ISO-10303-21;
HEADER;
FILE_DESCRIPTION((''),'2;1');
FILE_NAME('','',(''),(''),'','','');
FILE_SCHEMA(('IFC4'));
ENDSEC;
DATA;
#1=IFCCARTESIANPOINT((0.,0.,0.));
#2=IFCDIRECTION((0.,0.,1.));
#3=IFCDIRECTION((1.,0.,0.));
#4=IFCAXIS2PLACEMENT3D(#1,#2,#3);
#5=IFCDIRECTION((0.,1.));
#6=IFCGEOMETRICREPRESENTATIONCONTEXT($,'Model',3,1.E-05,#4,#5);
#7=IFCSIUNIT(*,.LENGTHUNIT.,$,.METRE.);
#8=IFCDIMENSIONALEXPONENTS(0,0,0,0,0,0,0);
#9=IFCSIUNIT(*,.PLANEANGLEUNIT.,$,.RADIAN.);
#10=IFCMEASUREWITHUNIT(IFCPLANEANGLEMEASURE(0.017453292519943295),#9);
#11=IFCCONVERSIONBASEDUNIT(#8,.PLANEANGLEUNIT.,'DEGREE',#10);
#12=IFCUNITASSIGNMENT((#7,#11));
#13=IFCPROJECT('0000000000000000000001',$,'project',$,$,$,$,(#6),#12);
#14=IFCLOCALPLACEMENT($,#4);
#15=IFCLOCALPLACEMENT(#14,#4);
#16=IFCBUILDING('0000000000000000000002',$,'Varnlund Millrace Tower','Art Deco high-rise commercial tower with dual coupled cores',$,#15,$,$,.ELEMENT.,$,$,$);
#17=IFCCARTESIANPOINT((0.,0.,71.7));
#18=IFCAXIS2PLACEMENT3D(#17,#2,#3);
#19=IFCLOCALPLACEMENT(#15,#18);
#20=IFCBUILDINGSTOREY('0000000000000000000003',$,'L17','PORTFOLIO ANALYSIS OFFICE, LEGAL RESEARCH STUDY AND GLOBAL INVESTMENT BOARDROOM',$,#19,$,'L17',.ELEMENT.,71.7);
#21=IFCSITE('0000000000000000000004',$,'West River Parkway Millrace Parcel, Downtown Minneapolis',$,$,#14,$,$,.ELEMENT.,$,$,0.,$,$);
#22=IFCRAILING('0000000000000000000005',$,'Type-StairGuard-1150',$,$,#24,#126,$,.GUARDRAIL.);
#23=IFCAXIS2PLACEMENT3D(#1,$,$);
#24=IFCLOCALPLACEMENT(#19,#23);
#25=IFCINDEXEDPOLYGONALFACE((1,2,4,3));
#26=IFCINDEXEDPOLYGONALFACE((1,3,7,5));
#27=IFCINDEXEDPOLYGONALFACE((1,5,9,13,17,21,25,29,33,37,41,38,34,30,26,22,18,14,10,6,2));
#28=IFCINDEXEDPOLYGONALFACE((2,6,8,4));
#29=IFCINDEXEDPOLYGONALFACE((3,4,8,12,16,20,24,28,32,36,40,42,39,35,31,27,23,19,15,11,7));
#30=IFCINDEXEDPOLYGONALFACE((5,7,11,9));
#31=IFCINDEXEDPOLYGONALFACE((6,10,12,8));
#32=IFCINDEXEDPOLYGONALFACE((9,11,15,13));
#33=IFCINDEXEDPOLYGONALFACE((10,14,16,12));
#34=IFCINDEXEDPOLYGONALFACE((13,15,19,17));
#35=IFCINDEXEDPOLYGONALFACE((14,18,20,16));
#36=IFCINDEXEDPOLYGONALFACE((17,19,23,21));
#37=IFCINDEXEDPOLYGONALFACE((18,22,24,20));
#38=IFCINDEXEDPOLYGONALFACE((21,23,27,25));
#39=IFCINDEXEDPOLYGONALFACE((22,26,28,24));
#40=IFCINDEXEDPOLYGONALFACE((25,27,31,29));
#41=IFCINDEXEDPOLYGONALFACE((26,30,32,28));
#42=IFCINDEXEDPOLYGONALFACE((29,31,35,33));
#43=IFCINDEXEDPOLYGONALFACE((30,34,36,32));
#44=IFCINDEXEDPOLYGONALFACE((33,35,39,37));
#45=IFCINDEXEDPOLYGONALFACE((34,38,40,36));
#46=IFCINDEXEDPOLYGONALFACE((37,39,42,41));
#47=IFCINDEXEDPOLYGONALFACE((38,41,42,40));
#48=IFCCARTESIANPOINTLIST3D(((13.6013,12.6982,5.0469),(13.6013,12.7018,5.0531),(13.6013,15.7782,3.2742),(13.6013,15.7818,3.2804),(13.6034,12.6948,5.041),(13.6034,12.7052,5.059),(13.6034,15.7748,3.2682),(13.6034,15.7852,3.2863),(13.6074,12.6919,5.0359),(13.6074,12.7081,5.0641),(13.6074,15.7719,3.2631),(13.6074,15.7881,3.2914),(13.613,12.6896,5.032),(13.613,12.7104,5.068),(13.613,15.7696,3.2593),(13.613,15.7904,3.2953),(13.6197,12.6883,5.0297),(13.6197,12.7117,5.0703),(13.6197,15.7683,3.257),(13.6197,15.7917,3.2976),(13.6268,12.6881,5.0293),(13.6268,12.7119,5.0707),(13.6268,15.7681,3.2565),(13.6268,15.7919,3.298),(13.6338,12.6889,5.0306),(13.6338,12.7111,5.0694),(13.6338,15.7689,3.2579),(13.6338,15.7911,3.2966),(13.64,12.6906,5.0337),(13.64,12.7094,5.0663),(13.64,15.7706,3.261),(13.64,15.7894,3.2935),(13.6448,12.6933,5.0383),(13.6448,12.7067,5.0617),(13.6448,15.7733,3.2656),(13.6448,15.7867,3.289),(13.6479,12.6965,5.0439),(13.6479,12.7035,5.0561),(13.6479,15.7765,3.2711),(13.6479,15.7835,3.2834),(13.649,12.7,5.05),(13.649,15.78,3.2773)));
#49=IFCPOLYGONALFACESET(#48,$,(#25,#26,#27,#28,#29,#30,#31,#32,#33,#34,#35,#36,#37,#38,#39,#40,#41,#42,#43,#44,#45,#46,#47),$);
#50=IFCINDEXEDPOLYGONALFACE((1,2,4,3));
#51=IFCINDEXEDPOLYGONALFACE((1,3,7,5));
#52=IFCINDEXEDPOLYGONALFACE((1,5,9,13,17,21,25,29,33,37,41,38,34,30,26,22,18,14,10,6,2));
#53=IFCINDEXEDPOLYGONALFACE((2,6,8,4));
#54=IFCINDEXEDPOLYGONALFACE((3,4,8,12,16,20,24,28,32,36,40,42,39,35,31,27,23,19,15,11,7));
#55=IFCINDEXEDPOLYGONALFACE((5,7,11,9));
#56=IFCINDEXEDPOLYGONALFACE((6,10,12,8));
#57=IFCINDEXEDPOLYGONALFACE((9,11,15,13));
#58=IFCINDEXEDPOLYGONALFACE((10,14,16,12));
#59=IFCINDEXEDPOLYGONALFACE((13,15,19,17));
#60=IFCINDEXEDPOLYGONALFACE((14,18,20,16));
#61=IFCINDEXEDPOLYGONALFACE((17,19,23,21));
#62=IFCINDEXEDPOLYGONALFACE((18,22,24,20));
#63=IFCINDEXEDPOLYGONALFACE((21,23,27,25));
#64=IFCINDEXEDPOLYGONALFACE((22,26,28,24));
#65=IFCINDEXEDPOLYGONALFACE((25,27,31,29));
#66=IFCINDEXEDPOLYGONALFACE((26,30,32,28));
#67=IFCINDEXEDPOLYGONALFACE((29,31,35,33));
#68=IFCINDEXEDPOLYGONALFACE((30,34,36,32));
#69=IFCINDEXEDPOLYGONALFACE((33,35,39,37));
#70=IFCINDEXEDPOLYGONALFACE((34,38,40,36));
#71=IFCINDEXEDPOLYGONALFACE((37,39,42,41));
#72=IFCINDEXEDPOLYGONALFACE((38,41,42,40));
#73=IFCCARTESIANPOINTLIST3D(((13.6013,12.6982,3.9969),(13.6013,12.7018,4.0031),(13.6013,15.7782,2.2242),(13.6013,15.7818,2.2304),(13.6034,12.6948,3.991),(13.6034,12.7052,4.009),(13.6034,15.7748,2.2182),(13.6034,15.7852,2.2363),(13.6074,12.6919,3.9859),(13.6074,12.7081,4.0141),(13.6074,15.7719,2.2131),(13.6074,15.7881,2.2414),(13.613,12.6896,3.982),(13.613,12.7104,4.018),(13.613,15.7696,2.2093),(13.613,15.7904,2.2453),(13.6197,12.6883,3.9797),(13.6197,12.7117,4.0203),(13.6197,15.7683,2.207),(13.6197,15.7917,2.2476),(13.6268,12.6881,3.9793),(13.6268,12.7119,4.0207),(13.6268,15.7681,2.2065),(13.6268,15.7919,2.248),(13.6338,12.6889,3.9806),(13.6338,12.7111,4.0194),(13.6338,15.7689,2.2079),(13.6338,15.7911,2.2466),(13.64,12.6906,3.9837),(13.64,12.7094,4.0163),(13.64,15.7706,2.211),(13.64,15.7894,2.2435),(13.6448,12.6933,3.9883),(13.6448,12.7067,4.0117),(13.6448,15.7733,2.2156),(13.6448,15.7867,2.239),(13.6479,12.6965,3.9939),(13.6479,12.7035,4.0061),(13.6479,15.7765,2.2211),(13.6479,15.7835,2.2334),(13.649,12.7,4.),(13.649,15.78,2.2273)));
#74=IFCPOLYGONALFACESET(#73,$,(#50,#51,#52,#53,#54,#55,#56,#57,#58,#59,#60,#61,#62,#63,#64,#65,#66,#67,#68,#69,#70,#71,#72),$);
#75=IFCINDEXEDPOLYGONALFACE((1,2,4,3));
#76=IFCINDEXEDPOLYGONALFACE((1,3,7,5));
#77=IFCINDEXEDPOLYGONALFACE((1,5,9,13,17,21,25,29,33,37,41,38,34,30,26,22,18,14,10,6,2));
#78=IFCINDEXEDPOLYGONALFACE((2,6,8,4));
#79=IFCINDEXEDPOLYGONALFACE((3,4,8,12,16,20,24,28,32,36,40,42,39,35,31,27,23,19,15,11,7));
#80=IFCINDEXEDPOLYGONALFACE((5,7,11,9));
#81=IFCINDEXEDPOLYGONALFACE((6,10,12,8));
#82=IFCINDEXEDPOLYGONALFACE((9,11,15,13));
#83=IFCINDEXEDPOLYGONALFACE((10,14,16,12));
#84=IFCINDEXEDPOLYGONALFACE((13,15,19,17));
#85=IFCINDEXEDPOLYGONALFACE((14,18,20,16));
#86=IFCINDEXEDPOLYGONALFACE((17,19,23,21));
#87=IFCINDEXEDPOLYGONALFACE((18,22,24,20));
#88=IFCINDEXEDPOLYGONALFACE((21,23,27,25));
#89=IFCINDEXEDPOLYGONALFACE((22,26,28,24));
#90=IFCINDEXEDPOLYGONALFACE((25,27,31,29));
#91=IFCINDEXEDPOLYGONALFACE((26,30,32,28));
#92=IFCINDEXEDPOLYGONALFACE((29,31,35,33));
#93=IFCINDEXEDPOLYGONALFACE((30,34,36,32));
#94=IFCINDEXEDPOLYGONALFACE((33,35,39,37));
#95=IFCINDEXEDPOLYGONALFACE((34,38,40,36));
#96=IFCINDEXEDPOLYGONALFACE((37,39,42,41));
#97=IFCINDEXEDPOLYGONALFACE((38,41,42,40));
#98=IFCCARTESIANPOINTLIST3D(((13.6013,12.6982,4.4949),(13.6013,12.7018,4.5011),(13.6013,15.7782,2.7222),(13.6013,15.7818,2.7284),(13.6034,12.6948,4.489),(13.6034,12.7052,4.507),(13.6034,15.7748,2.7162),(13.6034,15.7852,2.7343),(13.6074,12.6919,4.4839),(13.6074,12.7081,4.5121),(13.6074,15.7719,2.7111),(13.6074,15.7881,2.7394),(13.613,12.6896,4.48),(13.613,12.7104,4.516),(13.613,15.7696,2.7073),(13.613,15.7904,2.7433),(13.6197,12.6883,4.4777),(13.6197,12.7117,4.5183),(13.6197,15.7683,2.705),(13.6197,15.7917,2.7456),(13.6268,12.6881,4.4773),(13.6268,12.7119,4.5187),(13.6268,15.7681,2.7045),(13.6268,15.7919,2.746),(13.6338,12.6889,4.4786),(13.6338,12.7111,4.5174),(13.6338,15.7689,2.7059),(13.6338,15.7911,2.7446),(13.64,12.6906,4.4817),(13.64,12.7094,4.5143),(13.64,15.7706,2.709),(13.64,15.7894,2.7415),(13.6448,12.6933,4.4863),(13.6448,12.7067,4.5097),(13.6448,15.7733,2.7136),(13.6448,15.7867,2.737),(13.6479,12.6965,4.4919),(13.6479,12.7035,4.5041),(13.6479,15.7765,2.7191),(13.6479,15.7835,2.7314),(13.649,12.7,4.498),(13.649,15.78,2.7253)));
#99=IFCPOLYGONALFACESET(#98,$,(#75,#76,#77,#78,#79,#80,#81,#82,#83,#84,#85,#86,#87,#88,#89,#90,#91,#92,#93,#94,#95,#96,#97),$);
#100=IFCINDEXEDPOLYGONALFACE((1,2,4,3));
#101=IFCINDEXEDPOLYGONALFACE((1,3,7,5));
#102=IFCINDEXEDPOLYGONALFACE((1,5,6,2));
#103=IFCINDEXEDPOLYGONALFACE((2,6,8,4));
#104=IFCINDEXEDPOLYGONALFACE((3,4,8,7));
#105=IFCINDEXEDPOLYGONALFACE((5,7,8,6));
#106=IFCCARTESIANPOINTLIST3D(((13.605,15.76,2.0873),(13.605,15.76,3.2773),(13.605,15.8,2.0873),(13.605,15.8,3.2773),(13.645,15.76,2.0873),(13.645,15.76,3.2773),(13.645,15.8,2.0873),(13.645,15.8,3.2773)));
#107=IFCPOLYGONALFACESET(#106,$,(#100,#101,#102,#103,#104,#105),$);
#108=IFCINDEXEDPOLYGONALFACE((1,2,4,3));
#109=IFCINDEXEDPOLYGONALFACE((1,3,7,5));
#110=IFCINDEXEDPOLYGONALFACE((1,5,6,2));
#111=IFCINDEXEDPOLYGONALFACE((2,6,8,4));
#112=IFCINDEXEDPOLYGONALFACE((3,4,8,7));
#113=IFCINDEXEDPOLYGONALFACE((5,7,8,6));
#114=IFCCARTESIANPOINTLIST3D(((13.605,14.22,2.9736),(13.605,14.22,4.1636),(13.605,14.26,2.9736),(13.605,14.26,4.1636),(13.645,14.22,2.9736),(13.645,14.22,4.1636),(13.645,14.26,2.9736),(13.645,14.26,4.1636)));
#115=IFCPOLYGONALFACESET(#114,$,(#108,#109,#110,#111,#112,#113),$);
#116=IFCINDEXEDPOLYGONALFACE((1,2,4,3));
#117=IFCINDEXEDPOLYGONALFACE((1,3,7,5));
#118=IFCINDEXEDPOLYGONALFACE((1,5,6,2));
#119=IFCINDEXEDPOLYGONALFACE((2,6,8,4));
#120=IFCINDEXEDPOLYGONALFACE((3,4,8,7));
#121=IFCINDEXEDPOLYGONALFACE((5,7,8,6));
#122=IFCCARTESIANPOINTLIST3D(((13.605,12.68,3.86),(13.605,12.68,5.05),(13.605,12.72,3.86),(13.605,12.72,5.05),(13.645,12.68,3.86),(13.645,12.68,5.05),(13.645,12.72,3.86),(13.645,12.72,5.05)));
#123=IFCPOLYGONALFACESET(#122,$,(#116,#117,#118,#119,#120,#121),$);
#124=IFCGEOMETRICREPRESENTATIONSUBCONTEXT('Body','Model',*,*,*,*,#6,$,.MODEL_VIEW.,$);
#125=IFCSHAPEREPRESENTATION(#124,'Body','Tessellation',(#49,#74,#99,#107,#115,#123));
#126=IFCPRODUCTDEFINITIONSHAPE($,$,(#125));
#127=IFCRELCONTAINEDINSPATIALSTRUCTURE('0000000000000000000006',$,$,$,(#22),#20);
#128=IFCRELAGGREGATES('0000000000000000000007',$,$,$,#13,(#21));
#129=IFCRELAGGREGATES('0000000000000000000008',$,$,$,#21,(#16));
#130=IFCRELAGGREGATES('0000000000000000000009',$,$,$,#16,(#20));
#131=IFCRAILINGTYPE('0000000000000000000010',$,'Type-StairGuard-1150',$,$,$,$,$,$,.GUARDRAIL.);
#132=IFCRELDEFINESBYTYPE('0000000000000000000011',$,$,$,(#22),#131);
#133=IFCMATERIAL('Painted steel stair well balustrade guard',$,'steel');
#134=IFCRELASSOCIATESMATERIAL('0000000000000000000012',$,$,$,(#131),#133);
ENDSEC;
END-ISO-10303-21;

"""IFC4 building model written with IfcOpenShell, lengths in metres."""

from ifc_helpers import new_model, entity, si_unit, converted_unit, direction, frame, origin_with_axes, origin_2d_with_axis, place, context, subcontext, project, spatial, rectangle, circle, extrude, material, type_object, element, save


model = new_model("IFC4")

# Units and contexts
model_context = context("Model", 3, precision=1e-05, world=origin_with_axes(), true_north=direction((0.0, 1.0)))
body_context = subcontext(model_context, "Body", "Model", "MODEL_VIEW")
ifc_project = project(units=[si_unit("LENGTHUNIT", "METRE"), converted_unit("PLANEANGLEUNIT", "DEGREE", entity("IfcPlaneAngleMeasure", 0.017453292519943295), si_unit("PLANEANGLEUNIT", "RADIAN"), dimensions=[0, 0, 0, 0, 0, 0, 0])], contexts=[model_context])

# Site, building, storey
site_placement = place(None, origin_with_axes())
site = spatial("IfcSite", under=ifc_project, at=site_placement, Name="West River Parkway Millrace Parcel, Downtown Minneapolis", CompositionType="ELEMENT", RefElevation=0.0)
building_placement = place(site_placement, origin_with_axes())
building = spatial("IfcBuilding", under=site, at=building_placement, Name="Varnlund Millrace Tower", Description="Art Deco high-rise commercial tower with dual coupled cores", CompositionType="ELEMENT")
storey_placement = place(building_placement, frame((0.0, 0.0, 71.7), z_axis=(0.0, 0.0, 1.0), x_axis=(1.0, 0.0, 0.0)))
storey = spatial("IfcBuildingStorey", under=building, at=storey_placement, Name="L17", Description="PORTFOLIO ANALYSIS OFFICE, LEGAL RESEARCH STUDY AND GLOBAL INVESTMENT BOARDROOM", LongName="L17", CompositionType="ELEMENT", Elevation=71.7)

# Railing
ifc_material_1 = material(Name="Painted steel stair well balustrade guard", Category="steel")
railing_type_1 = type_object("IfcRailingType", Name="Type-StairGuard-1150", PredefinedType="GUARDRAIL", material=ifc_material_1)
railing_1_placement = place(storey_placement, frame((0.0, 0.0, -71.7), z_axis=(0.0, 0.0, 1.0), x_axis=(1.0, 0.0, 0.0)))
element("IfcRailing", 1, at=railing_1_placement, inside=storey, type_object=railing_type_1, Name="Type-StairGuard-1150", PredefinedType="GUARDRAIL", context=body_context, shape_type="SweptSolid", body=[
    extrude(circle(Radius=0.024, at=origin_2d_with_axis()), frame((13.625, 15.78, 74.9773), z_axis=(0.0, -0.866696, 0.498836), x_axis=(1.0, 0.0, 0.0)), (0.0, 0.0, 1.0), 3.5537),
    extrude(circle(Radius=0.024, at=origin_2d_with_axis()), frame((13.625, 15.78, 73.9273), z_axis=(0.0, -0.866696, 0.498836), x_axis=(1.0, 0.0, 0.0)), (0.0, 0.0, 1.0), 3.5537),
    extrude(circle(Radius=0.024, at=origin_2d_with_axis()), frame((13.625, 15.78, 74.4253), z_axis=(0.0, -0.866696, 0.498836), x_axis=(1.0, 0.0, 0.0)), (0.0, 0.0, 1.0), 3.5537),
    extrude(rectangle(XDim=0.04, YDim=0.04, at=origin_2d_with_axis()), frame((13.625, 15.78, 73.7873), z_axis=(0.0, 0.0, 1.0), x_axis=(1.0, 0.0, 0.0)), (0.0, 0.0, 1.0), 1.19),
    extrude(rectangle(XDim=0.04, YDim=0.04, at=origin_2d_with_axis()), frame((13.625, 14.24, 74.6736), z_axis=(0.0, 0.0, 1.0), x_axis=(1.0, 0.0, 0.0)), (0.0, 0.0, 1.0), 1.19),
    extrude(rectangle(XDim=0.04, YDim=0.04, at=origin_2d_with_axis()), frame((13.625, 12.7, 75.56), z_axis=(0.0, 0.0, 1.0), x_axis=(1.0, 0.0, 0.0)), (0.0, 0.0, 1.0), 1.19),
])

save(model, "model.ifc")
